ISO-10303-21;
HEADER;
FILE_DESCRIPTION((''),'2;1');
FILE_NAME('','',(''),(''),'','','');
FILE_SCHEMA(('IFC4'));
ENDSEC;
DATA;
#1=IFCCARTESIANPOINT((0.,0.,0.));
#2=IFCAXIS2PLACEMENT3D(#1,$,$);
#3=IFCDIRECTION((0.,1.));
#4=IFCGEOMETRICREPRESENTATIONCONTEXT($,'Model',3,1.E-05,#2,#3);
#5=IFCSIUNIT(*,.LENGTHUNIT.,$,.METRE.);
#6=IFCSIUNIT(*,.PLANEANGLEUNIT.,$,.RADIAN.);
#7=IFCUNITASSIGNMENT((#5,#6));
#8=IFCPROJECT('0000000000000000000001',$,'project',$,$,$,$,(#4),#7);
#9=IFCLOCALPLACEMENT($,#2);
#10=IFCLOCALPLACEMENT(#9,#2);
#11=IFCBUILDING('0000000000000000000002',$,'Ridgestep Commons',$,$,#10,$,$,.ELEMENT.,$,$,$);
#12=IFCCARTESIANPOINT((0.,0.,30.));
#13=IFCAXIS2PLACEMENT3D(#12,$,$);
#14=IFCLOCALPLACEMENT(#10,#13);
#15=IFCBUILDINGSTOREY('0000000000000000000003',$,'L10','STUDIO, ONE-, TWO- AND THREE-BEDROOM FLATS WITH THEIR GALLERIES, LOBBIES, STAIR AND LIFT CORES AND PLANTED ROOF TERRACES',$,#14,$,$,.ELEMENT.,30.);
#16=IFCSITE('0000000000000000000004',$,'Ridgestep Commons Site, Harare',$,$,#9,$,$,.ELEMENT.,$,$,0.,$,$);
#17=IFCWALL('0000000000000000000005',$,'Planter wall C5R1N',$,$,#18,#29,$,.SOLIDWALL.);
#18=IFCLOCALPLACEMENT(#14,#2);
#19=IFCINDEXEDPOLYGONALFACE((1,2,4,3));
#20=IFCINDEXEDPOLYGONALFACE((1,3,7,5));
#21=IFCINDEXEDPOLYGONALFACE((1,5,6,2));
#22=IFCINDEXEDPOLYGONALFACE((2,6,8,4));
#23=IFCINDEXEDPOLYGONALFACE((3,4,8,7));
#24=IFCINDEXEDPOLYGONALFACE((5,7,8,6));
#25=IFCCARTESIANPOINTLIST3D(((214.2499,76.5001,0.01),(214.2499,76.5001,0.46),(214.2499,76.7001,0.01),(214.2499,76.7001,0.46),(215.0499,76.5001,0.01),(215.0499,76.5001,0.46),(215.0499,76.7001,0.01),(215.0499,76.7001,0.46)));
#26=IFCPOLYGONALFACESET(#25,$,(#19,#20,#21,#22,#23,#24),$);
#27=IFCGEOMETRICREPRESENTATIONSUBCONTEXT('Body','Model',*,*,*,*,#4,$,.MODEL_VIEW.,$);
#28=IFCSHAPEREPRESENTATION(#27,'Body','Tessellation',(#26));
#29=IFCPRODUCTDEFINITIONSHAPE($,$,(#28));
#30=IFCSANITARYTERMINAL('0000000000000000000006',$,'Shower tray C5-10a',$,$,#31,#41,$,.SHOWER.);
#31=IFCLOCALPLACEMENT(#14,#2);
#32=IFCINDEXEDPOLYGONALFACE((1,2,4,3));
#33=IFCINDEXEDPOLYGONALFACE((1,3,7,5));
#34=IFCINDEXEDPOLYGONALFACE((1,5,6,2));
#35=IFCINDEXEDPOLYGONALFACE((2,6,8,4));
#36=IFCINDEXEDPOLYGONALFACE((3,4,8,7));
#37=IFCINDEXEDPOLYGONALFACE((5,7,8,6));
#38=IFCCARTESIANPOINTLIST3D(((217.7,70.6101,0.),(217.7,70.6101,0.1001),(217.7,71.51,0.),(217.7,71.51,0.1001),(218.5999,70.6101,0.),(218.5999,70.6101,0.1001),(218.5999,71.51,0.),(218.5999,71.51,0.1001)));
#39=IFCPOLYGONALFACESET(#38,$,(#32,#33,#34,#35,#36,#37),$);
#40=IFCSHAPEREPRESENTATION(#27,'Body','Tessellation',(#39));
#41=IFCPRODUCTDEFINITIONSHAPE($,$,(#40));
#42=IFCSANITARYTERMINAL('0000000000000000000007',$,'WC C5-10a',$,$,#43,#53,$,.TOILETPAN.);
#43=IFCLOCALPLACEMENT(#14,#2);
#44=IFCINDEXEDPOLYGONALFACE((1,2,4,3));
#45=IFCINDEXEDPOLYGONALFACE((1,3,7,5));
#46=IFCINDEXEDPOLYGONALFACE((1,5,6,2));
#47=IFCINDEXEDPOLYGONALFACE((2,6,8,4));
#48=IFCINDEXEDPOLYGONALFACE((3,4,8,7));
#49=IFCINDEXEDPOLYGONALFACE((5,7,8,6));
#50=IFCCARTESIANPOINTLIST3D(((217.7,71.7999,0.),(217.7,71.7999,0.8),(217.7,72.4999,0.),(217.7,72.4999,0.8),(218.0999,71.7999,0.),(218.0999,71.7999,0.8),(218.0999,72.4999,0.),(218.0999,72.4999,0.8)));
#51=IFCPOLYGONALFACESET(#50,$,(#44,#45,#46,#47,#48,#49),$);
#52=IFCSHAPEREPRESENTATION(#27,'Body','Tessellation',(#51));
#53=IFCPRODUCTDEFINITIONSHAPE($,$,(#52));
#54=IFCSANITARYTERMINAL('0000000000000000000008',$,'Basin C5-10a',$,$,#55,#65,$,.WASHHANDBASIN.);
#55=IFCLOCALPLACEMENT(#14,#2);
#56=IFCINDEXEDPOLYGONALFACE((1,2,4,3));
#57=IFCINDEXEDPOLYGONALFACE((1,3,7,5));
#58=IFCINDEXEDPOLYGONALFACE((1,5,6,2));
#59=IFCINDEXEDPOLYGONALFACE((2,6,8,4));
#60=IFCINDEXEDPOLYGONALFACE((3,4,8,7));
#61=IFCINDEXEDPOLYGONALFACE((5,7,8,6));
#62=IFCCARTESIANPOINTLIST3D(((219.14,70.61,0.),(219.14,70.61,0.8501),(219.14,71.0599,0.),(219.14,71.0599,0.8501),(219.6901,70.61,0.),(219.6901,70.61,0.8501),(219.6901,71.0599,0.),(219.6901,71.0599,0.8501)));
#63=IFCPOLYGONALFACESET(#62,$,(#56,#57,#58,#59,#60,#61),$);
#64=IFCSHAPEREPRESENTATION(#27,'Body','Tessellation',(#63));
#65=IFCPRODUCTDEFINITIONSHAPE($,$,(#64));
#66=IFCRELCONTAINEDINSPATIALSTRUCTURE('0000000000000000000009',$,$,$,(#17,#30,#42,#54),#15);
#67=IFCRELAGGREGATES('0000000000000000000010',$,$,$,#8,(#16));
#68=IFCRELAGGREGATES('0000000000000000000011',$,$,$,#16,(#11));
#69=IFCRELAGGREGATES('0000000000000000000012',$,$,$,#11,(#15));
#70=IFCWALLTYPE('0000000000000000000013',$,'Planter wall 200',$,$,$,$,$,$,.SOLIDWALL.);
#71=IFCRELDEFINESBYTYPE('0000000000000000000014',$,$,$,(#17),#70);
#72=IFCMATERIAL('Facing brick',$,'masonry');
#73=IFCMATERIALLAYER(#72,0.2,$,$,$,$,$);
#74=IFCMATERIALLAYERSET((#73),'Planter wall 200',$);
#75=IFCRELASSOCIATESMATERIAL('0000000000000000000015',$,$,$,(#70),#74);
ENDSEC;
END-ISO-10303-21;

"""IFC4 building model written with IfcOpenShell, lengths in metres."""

from ifc_helpers import new_model, si_unit, direction, frame, frame_2d, origin, origin_2d, place, context, subcontext, project, spatial, rectangle, extrude, material, layer, layer_set, type_object, element, save


model = new_model("IFC4")

# Units and contexts
model_context = context("Model", 3, precision=1e-05, world=origin(), true_north=direction((0.0, 1.0)))
body_context = subcontext(model_context, "Body", "Model", "MODEL_VIEW")
ifc_project = project(units=[si_unit("LENGTHUNIT", "METRE"), si_unit("PLANEANGLEUNIT", "RADIAN")], contexts=[model_context])

# Site, building, storey
site_placement = place(None, origin())
site = spatial("IfcSite", under=ifc_project, at=site_placement, Name="Ridgestep Commons Site, Harare", CompositionType="ELEMENT", RefElevation=0.0)
building_placement = place(site_placement, origin())
building = spatial("IfcBuilding", under=site, at=building_placement, Name="Ridgestep Commons", CompositionType="ELEMENT")
storey_placement = place(building_placement, frame((0.0, 0.0, 30.0)))
storey = spatial("IfcBuildingStorey", under=building, at=storey_placement, Name="L10", Description="STUDIO, ONE-, TWO- AND THREE-BEDROOM FLATS WITH THEIR GALLERIES, LOBBIES, STAIR AND LIFT CORES AND PLANTED ROOF TERRACES", CompositionType="ELEMENT", Elevation=30.0)

# Wall
ifc_material_1 = material(Name="Facing brick", Category="masonry")
ifc_layer_1 = layer(ifc_material_1, 0.2)
ifc_layer_set_1 = layer_set([ifc_layer_1], Name="Planter wall 200")
wall_type_1 = type_object("IfcWallType", Name="Planter wall 200", PredefinedType="SOLIDWALL", material=ifc_layer_set_1)
wall_1_placement = place(storey_placement, frame((214.25, 76.6001, 0.01), z_axis=(0.0, 0.0, 1.0), x_axis=(1.0, 0.0, 0.0)))
element("IfcWall", 1, at=wall_1_placement, inside=storey, type_object=wall_type_1, Name="Planter wall C5R1N", PredefinedType="SOLIDWALL", context=body_context, shape_type="SweptSolid", body=[
    extrude(rectangle(XDim=0.8, YDim=0.2, at=frame_2d((0.3999, 0.0))), origin(), (0.0, 0.0, 1.0), 0.45),
])

# Sanitary terminals
sanitary_terminal_1_placement = place(storey_placement, frame((218.1499, 71.0601, 0.0), z_axis=(0.0, 0.0, 1.0), x_axis=(1.0, 0.0, 0.0)))
element("IfcSanitaryTerminal", 2, at=sanitary_terminal_1_placement, inside=storey, Name="Shower tray C5-10a", PredefinedType="SHOWER", context=body_context, shape_type="SweptSolid", body=[
    extrude(rectangle(XDim=0.8999, YDim=0.8999, at=origin_2d()), origin(), (0.0, 0.0, 1.0), 0.1001),
])
sanitary_terminal_2_placement = place(storey_placement, frame((217.8999, 72.1499, 0.0), z_axis=(0.0, 0.0, 1.0), x_axis=(1.0, 0.0, 0.0)))
element("IfcSanitaryTerminal", 3, at=sanitary_terminal_2_placement, inside=storey, Name="WC C5-10a", PredefinedType="TOILETPAN", context=body_context, shape_type="SweptSolid", body=[
    extrude(rectangle(XDim=0.3999, YDim=0.7, at=origin_2d()), origin(), (0.0, 0.0, 1.0), 0.8),
])
sanitary_terminal_3_placement = place(storey_placement, frame((219.415, 70.835, 0.0), z_axis=(0.0, 0.0, 1.0), x_axis=(1.0, 0.0, 0.0)))
element("IfcSanitaryTerminal", 4, at=sanitary_terminal_3_placement, inside=storey, Name="Basin C5-10a", PredefinedType="WASHHANDBASIN", context=body_context, shape_type="SweptSolid", body=[
    extrude(rectangle(XDim=0.55, YDim=0.45, at=origin_2d()), origin(), (0.0, 0.0, 1.0), 0.8501),
])

save(model, "model.ifc")
